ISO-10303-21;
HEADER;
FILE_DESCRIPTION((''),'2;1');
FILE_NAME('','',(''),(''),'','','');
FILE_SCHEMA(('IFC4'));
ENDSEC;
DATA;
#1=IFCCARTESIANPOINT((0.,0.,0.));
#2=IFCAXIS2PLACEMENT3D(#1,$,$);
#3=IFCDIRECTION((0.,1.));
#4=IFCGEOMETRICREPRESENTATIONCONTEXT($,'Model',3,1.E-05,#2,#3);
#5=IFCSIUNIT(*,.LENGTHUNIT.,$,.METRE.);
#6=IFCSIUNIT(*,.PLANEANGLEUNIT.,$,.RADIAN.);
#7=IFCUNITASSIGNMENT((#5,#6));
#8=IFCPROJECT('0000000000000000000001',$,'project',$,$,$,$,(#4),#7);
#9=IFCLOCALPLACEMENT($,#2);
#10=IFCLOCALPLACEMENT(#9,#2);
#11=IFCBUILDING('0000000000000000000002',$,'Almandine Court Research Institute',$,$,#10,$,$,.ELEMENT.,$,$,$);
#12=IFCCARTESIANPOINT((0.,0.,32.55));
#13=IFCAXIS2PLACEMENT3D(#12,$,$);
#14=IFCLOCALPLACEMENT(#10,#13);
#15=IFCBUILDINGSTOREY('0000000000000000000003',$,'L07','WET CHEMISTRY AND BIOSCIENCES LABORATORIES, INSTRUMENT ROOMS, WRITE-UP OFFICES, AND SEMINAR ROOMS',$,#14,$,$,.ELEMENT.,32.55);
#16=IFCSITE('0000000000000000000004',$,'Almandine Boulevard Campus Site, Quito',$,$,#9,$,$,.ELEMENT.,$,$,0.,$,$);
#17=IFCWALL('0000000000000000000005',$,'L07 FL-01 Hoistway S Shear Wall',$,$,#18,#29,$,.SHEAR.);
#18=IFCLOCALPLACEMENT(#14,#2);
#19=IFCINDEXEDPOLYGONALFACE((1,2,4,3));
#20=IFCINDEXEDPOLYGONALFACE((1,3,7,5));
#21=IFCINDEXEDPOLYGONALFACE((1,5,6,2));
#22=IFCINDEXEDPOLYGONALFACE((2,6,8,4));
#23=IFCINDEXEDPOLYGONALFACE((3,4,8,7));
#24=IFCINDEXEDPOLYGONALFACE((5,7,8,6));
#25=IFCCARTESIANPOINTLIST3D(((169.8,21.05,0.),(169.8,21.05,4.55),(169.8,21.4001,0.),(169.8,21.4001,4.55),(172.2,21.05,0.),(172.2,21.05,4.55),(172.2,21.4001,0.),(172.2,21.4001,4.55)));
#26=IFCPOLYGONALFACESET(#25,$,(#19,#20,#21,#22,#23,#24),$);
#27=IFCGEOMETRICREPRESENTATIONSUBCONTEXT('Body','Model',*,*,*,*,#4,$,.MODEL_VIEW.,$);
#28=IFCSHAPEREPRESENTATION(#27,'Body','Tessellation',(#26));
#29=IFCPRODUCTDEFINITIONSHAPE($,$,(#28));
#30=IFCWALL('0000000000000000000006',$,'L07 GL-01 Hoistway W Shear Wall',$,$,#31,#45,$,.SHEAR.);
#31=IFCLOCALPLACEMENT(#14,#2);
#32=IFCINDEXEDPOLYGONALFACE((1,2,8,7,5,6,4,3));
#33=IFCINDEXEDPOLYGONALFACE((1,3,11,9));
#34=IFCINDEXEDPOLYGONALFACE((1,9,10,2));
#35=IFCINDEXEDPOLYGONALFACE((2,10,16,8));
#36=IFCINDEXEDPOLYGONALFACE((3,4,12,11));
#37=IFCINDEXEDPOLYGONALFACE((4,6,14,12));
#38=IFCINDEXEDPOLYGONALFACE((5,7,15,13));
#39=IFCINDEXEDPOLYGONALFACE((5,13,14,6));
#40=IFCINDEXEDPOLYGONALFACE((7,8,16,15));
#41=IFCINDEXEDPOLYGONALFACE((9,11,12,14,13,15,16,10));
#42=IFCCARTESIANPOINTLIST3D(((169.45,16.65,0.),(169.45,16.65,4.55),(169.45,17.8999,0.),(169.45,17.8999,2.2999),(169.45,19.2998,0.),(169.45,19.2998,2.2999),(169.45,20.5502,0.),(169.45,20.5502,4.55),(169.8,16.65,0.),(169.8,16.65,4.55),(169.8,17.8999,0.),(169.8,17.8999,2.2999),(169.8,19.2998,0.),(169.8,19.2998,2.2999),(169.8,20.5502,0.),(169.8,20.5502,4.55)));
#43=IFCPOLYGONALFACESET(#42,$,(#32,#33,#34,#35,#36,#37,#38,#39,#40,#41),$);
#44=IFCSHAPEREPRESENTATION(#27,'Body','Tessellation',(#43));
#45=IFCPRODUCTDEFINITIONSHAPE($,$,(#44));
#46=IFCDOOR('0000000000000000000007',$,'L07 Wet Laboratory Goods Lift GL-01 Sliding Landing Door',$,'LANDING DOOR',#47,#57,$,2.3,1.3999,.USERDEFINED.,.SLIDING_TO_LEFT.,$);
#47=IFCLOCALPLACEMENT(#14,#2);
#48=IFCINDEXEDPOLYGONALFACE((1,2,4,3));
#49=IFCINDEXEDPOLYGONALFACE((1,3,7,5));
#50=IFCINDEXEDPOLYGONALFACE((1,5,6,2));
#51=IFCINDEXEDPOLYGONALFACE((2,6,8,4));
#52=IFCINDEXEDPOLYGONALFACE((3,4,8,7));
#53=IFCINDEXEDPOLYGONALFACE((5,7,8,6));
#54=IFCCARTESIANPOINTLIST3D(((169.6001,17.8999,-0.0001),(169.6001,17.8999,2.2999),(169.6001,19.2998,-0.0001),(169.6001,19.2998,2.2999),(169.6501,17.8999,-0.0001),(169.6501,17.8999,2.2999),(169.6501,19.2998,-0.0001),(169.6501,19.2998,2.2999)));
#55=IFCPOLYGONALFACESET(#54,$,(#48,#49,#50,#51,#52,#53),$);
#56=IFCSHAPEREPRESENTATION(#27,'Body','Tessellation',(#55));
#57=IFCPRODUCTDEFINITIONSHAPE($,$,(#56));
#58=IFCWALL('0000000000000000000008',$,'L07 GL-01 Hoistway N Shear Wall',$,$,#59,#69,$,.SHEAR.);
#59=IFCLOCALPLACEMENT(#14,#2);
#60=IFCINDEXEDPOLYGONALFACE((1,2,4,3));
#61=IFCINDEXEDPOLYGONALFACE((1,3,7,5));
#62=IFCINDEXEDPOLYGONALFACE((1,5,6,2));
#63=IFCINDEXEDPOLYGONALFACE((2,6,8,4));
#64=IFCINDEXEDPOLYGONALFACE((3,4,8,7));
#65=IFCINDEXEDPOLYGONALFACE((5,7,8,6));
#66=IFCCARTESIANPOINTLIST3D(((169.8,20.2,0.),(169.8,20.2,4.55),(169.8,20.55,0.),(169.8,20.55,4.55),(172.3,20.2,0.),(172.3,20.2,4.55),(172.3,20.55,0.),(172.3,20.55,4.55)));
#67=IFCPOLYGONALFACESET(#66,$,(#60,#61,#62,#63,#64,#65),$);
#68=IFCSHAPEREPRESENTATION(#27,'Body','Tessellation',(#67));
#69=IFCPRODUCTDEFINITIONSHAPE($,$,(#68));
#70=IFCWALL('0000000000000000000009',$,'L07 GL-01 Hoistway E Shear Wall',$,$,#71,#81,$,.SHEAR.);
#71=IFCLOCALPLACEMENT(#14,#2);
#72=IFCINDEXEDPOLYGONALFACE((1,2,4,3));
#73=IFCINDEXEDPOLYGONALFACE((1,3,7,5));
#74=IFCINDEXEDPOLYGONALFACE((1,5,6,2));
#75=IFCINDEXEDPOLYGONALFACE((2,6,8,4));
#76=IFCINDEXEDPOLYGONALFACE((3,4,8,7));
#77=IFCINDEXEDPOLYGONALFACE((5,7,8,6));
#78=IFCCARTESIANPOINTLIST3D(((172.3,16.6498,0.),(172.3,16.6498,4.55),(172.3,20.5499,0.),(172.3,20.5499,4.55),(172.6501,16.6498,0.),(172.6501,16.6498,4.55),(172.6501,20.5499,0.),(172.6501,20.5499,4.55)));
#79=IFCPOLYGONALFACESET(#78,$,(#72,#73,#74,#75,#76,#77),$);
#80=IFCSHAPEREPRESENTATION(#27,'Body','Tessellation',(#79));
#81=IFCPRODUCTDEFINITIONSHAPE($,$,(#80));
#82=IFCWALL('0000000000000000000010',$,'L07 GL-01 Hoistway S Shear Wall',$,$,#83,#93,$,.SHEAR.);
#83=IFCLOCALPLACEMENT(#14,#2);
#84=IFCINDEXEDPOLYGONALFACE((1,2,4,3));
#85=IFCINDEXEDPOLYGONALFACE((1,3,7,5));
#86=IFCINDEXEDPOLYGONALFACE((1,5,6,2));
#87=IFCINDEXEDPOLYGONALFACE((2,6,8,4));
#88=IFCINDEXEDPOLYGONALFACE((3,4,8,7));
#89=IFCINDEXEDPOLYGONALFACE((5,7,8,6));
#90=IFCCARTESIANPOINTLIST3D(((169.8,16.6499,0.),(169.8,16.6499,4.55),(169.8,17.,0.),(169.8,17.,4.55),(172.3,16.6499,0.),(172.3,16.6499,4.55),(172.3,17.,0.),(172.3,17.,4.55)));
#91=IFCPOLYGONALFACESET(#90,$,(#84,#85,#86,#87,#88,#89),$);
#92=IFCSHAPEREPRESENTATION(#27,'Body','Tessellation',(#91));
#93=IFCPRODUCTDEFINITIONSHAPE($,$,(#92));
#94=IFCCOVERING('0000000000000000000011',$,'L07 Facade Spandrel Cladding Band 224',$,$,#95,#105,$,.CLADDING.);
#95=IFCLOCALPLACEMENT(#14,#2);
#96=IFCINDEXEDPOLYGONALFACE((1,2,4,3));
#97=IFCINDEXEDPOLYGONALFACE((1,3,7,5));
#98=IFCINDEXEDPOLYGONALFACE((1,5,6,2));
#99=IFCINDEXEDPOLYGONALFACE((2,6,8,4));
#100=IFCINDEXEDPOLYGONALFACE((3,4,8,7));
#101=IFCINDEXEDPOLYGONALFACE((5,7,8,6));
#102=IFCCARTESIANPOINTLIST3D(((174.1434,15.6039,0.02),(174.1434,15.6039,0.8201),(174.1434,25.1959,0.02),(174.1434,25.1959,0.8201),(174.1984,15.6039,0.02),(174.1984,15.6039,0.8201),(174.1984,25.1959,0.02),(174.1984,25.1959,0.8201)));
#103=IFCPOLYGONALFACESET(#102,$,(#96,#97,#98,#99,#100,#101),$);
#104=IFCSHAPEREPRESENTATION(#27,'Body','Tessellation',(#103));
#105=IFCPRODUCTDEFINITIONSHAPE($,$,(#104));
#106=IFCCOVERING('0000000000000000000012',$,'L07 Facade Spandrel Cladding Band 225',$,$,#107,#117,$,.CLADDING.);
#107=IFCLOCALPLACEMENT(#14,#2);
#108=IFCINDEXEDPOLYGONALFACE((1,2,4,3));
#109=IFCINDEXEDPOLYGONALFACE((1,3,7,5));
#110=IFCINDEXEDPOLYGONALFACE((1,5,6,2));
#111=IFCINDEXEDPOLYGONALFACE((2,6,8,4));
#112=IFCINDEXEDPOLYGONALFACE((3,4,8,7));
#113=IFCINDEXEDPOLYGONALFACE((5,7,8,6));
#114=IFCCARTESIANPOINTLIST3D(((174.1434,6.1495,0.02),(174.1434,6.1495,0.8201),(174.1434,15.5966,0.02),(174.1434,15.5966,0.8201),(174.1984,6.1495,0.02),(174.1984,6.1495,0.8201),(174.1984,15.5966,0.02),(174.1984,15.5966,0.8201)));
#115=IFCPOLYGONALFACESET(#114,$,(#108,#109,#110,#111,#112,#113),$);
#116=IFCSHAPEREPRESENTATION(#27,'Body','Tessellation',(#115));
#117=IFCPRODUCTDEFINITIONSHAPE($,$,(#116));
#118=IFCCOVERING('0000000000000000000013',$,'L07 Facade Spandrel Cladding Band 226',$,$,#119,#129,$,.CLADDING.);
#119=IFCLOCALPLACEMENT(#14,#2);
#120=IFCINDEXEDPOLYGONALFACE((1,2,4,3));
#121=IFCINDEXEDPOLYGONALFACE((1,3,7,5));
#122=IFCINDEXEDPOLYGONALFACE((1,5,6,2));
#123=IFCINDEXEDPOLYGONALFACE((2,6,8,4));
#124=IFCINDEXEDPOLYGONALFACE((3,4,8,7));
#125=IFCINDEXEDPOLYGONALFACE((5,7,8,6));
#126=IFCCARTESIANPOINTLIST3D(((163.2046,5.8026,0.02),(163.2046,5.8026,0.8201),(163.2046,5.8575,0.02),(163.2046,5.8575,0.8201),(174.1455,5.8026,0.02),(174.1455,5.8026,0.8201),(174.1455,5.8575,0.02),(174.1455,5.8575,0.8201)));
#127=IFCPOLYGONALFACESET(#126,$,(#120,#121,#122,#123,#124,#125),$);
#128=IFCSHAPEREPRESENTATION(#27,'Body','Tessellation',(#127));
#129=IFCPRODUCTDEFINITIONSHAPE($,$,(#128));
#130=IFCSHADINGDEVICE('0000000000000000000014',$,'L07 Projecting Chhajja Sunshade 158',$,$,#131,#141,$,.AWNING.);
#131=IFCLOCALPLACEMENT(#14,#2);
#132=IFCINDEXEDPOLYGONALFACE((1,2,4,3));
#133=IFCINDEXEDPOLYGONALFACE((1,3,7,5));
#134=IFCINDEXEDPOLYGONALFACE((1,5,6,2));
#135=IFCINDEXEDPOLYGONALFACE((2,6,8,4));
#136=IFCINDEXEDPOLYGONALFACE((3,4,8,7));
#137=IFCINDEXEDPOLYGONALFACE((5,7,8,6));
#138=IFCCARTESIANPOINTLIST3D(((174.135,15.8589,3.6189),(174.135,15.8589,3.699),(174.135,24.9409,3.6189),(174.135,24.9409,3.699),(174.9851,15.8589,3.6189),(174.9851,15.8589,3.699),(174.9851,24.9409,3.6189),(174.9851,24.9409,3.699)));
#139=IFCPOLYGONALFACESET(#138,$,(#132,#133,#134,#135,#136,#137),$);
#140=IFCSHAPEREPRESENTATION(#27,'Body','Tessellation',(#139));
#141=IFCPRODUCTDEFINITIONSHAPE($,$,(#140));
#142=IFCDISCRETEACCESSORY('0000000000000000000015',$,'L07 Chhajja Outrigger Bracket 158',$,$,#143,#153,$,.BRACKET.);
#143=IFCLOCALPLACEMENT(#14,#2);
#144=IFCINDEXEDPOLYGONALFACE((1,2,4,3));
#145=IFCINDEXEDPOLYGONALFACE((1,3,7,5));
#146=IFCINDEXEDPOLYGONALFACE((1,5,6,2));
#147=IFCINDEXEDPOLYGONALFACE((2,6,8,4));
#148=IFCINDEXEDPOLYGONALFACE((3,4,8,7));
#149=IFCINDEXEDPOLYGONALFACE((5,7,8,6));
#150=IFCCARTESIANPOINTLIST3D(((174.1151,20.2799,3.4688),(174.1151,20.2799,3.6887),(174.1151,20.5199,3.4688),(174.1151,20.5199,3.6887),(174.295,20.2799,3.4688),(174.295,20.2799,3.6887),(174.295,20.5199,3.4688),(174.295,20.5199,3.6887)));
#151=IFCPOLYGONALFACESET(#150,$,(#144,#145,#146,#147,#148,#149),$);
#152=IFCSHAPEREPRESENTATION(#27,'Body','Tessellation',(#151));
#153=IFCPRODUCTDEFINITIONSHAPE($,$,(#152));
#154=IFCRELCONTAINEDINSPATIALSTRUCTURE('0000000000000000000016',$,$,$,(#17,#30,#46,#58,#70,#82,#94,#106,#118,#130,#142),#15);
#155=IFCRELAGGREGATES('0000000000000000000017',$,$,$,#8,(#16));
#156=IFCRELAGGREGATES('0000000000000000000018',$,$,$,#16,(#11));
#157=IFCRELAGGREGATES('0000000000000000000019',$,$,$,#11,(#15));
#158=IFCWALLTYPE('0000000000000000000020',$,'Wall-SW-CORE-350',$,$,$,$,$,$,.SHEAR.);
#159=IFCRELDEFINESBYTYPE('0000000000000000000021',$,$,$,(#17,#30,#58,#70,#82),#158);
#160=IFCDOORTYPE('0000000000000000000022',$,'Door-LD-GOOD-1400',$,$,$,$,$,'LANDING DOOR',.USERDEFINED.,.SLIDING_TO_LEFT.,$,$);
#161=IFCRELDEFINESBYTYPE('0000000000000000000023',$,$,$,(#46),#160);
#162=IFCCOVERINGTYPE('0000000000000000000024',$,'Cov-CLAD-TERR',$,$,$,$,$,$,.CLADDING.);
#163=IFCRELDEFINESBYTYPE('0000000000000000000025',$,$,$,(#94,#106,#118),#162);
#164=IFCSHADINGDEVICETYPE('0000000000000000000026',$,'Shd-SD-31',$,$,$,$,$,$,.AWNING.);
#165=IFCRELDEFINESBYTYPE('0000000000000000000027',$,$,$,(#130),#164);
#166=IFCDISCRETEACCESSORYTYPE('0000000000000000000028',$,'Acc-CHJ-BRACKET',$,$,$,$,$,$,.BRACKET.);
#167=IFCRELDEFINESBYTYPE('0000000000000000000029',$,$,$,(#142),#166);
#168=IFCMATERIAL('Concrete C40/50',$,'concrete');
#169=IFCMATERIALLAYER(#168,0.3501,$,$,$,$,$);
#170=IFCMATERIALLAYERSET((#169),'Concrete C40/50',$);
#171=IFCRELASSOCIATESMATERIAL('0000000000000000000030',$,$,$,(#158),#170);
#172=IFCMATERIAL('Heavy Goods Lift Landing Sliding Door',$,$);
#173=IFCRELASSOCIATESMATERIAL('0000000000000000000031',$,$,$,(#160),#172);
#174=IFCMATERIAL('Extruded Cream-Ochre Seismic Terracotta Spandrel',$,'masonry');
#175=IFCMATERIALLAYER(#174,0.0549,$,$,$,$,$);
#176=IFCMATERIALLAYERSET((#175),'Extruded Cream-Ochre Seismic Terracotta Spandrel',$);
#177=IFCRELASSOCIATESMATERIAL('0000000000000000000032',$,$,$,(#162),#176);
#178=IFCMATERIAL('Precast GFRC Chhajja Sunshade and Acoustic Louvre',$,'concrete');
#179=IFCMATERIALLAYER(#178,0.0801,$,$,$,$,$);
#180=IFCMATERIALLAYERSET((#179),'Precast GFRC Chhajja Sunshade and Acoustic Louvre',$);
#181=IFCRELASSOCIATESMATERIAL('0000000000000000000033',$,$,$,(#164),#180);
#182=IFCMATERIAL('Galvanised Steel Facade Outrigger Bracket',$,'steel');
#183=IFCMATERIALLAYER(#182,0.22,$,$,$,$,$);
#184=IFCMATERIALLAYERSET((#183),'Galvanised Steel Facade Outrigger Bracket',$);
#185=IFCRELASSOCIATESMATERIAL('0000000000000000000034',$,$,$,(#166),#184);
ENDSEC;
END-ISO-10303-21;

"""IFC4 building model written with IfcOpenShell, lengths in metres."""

from ifc_helpers import new_model, si_unit, direction, frame, frame_2d, origin, origin_2d, place, context, subcontext, project, spatial, rectangle, extrude, material, layer, layer_set, type_object, element, fill, save


model = new_model("IFC4")

# Units and contexts
model_context = context("Model", 3, precision=1e-05, world=origin(), true_north=direction((0.0, 1.0)))
body_context = subcontext(model_context, "Body", "Model", "MODEL_VIEW")
ifc_project = project(units=[si_unit("LENGTHUNIT", "METRE"), si_unit("PLANEANGLEUNIT", "RADIAN")], contexts=[model_context])

# Site, building, storey
site_placement = place(None, origin())
site = spatial("IfcSite", under=ifc_project, at=site_placement, Name="Almandine Boulevard Campus Site, Quito", CompositionType="ELEMENT", RefElevation=0.0)
building_placement = place(site_placement, origin())
building = spatial("IfcBuilding", under=site, at=building_placement, Name="Almandine Court Research Institute", CompositionType="ELEMENT")
storey_placement = place(building_placement, frame((0.0, 0.0, 32.55)))
storey = spatial("IfcBuildingStorey", under=building, at=storey_placement, Name="L07", Description="WET CHEMISTRY AND BIOSCIENCES LABORATORIES, INSTRUMENT ROOMS, WRITE-UP OFFICES, AND SEMINAR ROOMS", CompositionType="ELEMENT", Elevation=32.55)

# Shared definitions
ifc_material_1 = material(Name="Concrete C40/50", Category="concrete")
ifc_layer_1 = layer(ifc_material_1, 0.3501)
ifc_layer_set_1 = layer_set([ifc_layer_1], Name="Concrete C40/50")
wall_type_1 = type_object("IfcWallType", Name="Wall-SW-CORE-350", PredefinedType="SHEAR", material=ifc_layer_set_1)

# Wall
wall_1_placement = place(storey_placement, frame((172.2, 21.2251, 0.0), z_axis=(0.0, 0.0, 1.0), x_axis=(-1.0, 0.0, 0.0)))
element("IfcWall", 1, at=wall_1_placement, inside=storey, type_object=wall_type_1, Name="L07 FL-01 Hoistway S Shear Wall", PredefinedType="SHEAR", context=body_context, shape_type="SweptSolid", body=[
    extrude(rectangle(XDim=2.3999, YDim=0.3501, at=frame_2d((1.2, 0.0))), origin(), (0.0, 0.0, 1.0), 4.55),
])

# Wall, opening, door
wall_2_placement = place(storey_placement, frame((169.625, 16.6499, 0.0), z_axis=(0.0, 0.0, 1.0), x_axis=(0.0, 1.0, 0.0)))
wall_2 = element("IfcWall", 2, at=wall_2_placement, inside=storey, type_object=wall_type_1, Name="L07 GL-01 Hoistway W Shear Wall", PredefinedType="SHEAR", context=body_context, shape_type="SweptSolid", body=[
    extrude(rectangle(XDim=3.9001, YDim=0.3501, at=frame_2d((1.9502, 0.0))), origin(), (0.0, 0.0, 1.0), 4.55),
])
opening_1_placement = place(wall_2_placement, frame((1.25, 0.0, 0.0)))
opening_1 = element("IfcOpeningElement", 3, at=opening_1_placement, cuts=wall_2, PredefinedType="OPENING", context=body_context, shape_type="SweptSolid", body=[
    extrude(rectangle(XDim=1.3999, YDim=2.3, at=frame_2d((0.7, 1.1499))), frame((0.0, 0.1851, 0.0), z_axis=(0.0, -1.0, 0.0), x_axis=(1.0, 0.0, 0.0)), (0.0, 0.0, 1.0), 0.3701),
])
ifc_material_2 = material(Name="Heavy Goods Lift Landing Sliding Door")
door_type_1 = type_object("IfcDoorType", Name="Door-LD-GOOD-1400", ElementType="LANDING DOOR", OperationType="SLIDING_TO_LEFT", PredefinedType="USERDEFINED", material=ifc_material_2)
door_1_placement = place(opening_1_placement, origin())
door_1 = element("IfcDoor", 4, at=door_1_placement, inside=storey, type_object=door_type_1, Name="L07 Wet Laboratory Goods Lift GL-01 Sliding Landing Door", ObjectType="LANDING DOOR", OperationType="SLIDING_TO_LEFT", OverallHeight=2.3, OverallWidth=1.3999, PredefinedType="USERDEFINED", context=body_context, shape_type="SweptSolid", body=[
    extrude(rectangle(XDim=1.3999, YDim=2.3, at=frame_2d((0.7, 1.1499))), frame((0.0, 0.0249, 0.0), z_axis=(0.0, -1.0, 0.0), x_axis=(1.0, 0.0, 0.0)), (0.0, 0.0, 1.0), 0.05),
])
fill(opening_1, door_1)

# Walls
wall_3_placement = place(storey_placement, frame((169.8, 20.375, 0.0), z_axis=(0.0, 0.0, 1.0), x_axis=(1.0, 0.0, 0.0)))
element("IfcWall", 5, at=wall_3_placement, inside=storey, type_object=wall_type_1, Name="L07 GL-01 Hoistway N Shear Wall", PredefinedType="SHEAR", context=body_context, shape_type="SweptSolid", body=[
    extrude(rectangle(XDim=2.5, YDim=0.3501, at=frame_2d((1.25, 0.0))), origin(), (0.0, 0.0, 1.0), 4.55),
])
wall_4_placement = place(storey_placement, frame((172.4751, 20.55, 0.0), z_axis=(0.0, 0.0, 1.0), x_axis=(0.0, -1.0, 0.0)))
element("IfcWall", 6, at=wall_4_placement, inside=storey, type_object=wall_type_1, Name="L07 GL-01 Hoistway E Shear Wall", PredefinedType="SHEAR", context=body_context, shape_type="SweptSolid", body=[
    extrude(rectangle(XDim=3.9001, YDim=0.3501, at=frame_2d((1.9502, 0.0))), origin(), (0.0, 0.0, 1.0), 4.55),
])
wall_5_placement = place(storey_placement, frame((172.3, 16.825, 0.0), z_axis=(0.0, 0.0, 1.0), x_axis=(-1.0, 0.0, 0.0)))
element("IfcWall", 7, at=wall_5_placement, inside=storey, type_object=wall_type_1, Name="L07 GL-01 Hoistway S Shear Wall", PredefinedType="SHEAR", context=body_context, shape_type="SweptSolid", body=[
    extrude(rectangle(XDim=2.5, YDim=0.3501, at=frame_2d((1.25, 0.0))), origin(), (0.0, 0.0, 1.0), 4.55),
])

# Coverings
ifc_material_3 = material(Name="Extruded Cream-Ochre Seismic Terracotta Spandrel", Category="masonry")
ifc_layer_2 = layer(ifc_material_3, 0.0549)
ifc_layer_set_2 = layer_set([ifc_layer_2], Name="Extruded Cream-Ochre Seismic Terracotta Spandrel")
covering_type = type_object("IfcCoveringType", Name="Cov-CLAD-TERR", PredefinedType="CLADDING", material=ifc_layer_set_2)
covering_1_placement = place(storey_placement, frame((174.1709, 20.3999, 0.02), z_axis=(0.0, 0.0, 1.0), x_axis=(0.0, -1.0, 0.0)))
element("IfcCovering", 8, at=covering_1_placement, inside=storey, type_object=covering_type, Name="L07 Facade Spandrel Cladding Band 224", PredefinedType="CLADDING", context=body_context, shape_type="SweptSolid", body=[
    extrude(rectangle(XDim=9.592, YDim=0.0549, at=origin_2d()), origin(), (0.0, 0.0, 1.0), 0.8),
])
covering_2_placement = place(storey_placement, frame((174.1709, 10.873, 0.02), z_axis=(0.0, 0.0, 1.0), x_axis=(0.0, -1.0, 0.0)))
element("IfcCovering", 9, at=covering_2_placement, inside=storey, type_object=covering_type, Name="L07 Facade Spandrel Cladding Band 225", PredefinedType="CLADDING", context=body_context, shape_type="SweptSolid", body=[
    extrude(rectangle(XDim=9.447, YDim=0.0549, at=origin_2d()), origin(), (0.0, 0.0, 1.0), 0.8),
])
covering_3_placement = place(storey_placement, frame((168.675, 5.8301, 0.02), z_axis=(0.0, 0.0, 1.0), x_axis=(-1.0, 0.0, 0.0)))
element("IfcCovering", 10, at=covering_3_placement, inside=storey, type_object=covering_type, Name="L07 Facade Spandrel Cladding Band 226", PredefinedType="CLADDING", context=body_context, shape_type="SweptSolid", body=[
    extrude(rectangle(XDim=10.9409, YDim=0.0549, at=origin_2d()), origin(), (0.0, 0.0, 1.0), 0.8),
])

# Shading device
ifc_material_4 = material(Name="Precast GFRC Chhajja Sunshade and Acoustic Louvre", Category="concrete")
ifc_layer_3 = layer(ifc_material_4, 0.0801)
ifc_layer_set_3 = layer_set([ifc_layer_3], Name="Precast GFRC Chhajja Sunshade and Acoustic Louvre")
shading_device_type = type_object("IfcShadingDeviceType", Name="Shd-SD-31", PredefinedType="AWNING", material=ifc_layer_set_3)
shading_device_placement = place(storey_placement, frame((174.5601, 20.3999, 3.6189), z_axis=(0.0, 0.0, 1.0), x_axis=(0.0, -1.0, 0.0)))
element("IfcShadingDevice", 11, at=shading_device_placement, inside=storey, type_object=shading_device_type, Name="L07 Projecting Chhajja Sunshade 158", PredefinedType="AWNING", context=body_context, shape_type="SweptSolid", body=[
    extrude(rectangle(XDim=9.082, YDim=0.8501, at=origin_2d()), origin(), (0.0, 0.0, 1.0), 0.0801),
])

# Discrete accessory
ifc_material_5 = material(Name="Galvanised Steel Facade Outrigger Bracket", Category="steel")
ifc_layer_4 = layer(ifc_material_5, 0.22)
ifc_layer_set_4 = layer_set([ifc_layer_4], Name="Galvanised Steel Facade Outrigger Bracket")
discrete_accessory_type = type_object("IfcDiscreteAccessoryType", Name="Acc-CHJ-BRACKET", PredefinedType="BRACKET", material=ifc_layer_set_4)
discrete_accessory_placement = place(storey_placement, frame((174.2051, 20.3999, 3.4688), z_axis=(0.0, 0.0, 1.0), x_axis=(0.0, -1.0, 0.0)))
element("IfcDiscreteAccessory", 12, at=discrete_accessory_placement, inside=storey, type_object=discrete_accessory_type, Name="L07 Chhajja Outrigger Bracket 158", PredefinedType="BRACKET", context=body_context, shape_type="SweptSolid", body=[
    extrude(rectangle(XDim=0.24, YDim=0.1799, at=origin_2d()), origin(), (0.0, 0.0, 1.0), 0.22),
])

save(model, "model.ifc")
